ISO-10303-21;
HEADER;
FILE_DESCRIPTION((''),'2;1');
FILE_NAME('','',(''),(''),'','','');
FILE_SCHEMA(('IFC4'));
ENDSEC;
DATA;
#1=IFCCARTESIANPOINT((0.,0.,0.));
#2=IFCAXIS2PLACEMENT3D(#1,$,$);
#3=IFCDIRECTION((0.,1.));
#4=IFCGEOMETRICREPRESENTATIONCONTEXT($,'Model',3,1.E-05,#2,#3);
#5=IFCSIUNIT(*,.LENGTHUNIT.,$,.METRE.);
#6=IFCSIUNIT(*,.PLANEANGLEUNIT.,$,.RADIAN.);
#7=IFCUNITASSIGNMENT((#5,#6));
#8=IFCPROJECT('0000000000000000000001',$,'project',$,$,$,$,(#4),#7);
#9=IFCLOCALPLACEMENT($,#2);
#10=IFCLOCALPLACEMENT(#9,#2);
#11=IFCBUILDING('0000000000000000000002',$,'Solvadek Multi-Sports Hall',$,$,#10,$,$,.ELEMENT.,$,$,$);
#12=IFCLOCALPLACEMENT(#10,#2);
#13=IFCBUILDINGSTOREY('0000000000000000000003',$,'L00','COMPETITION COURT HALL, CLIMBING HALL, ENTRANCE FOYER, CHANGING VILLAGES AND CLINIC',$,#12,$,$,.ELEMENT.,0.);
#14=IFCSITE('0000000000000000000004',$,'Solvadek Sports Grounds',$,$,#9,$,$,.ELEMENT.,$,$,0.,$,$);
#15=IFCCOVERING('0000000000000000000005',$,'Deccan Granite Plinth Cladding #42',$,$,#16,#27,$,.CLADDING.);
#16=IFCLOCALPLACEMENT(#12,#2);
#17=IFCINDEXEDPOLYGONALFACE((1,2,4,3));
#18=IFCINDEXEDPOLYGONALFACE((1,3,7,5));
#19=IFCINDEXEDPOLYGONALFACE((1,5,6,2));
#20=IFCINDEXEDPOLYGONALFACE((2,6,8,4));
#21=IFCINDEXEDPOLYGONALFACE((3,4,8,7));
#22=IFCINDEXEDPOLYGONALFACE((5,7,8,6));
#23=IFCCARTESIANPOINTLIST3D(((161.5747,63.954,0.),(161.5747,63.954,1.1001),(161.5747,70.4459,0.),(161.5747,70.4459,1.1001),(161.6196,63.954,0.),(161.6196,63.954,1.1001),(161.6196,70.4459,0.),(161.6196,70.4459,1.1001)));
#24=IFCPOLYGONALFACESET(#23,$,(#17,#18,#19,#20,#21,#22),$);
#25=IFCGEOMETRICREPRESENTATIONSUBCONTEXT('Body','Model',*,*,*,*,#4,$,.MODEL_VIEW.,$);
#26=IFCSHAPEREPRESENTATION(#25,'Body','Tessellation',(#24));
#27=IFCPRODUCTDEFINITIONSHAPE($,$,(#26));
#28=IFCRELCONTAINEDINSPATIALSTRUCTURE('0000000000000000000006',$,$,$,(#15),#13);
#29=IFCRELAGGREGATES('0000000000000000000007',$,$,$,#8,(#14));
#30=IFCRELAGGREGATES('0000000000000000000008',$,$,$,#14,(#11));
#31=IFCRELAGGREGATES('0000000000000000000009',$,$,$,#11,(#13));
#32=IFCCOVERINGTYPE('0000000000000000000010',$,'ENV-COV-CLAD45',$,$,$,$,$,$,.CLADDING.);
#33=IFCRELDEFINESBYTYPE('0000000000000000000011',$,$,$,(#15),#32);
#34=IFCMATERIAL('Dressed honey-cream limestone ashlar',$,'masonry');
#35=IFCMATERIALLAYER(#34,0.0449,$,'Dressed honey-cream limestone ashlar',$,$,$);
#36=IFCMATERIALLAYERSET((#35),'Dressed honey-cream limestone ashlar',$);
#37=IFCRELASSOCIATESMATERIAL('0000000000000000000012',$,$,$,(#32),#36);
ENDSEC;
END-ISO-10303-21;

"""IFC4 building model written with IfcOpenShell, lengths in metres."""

from ifc_helpers import new_model, si_unit, direction, frame, origin, origin_2d, place, context, subcontext, project, spatial, rectangle, extrude, material, layer, layer_set, type_object, element, save


model = new_model("IFC4")

# Units and contexts
model_context = context("Model", 3, precision=1e-05, world=origin(), true_north=direction((0.0, 1.0)))
body_context = subcontext(model_context, "Body", "Model", "MODEL_VIEW")
ifc_project = project(units=[si_unit("LENGTHUNIT", "METRE"), si_unit("PLANEANGLEUNIT", "RADIAN")], contexts=[model_context])

# Site, building, storey
site_placement = place(None, origin())
site = spatial("IfcSite", under=ifc_project, at=site_placement, Name="Solvadek Sports Grounds", CompositionType="ELEMENT", RefElevation=0.0)
building_placement = place(site_placement, origin())
building = spatial("IfcBuilding", under=site, at=building_placement, Name="Solvadek Multi-Sports Hall", CompositionType="ELEMENT")
storey_placement = place(building_placement, origin())
storey = spatial("IfcBuildingStorey", under=building, at=storey_placement, Name="L00", Description="COMPETITION COURT HALL, CLIMBING HALL, ENTRANCE FOYER, CHANGING VILLAGES AND CLINIC", CompositionType="ELEMENT", Elevation=0.0)

# Covering
ifc_material_1 = material(Name="Dressed honey-cream limestone ashlar", Category="masonry")
ifc_layer_1 = layer(ifc_material_1, 0.0449, Name="Dressed honey-cream limestone ashlar")
ifc_layer_set_1 = layer_set([ifc_layer_1], Name="Dressed honey-cream limestone ashlar")
covering_type = type_object("IfcCoveringType", Name="ENV-COV-CLAD45", PredefinedType="CLADDING", material=ifc_layer_set_1)
covering_placement = place(storey_placement, frame((161.5972, 67.2, 0.0), z_axis=(0.0, 0.0, 1.0), x_axis=(0.0, 1.0, 0.0)))
element("IfcCovering", 1, at=covering_placement, inside=storey, type_object=covering_type, Name="Deccan Granite Plinth Cladding #42", PredefinedType="CLADDING", context=body_context, shape_type="SweptSolid", body=[
    extrude(rectangle(XDim=6.4919, YDim=0.0449, at=origin_2d()), origin(), (0.0, 0.0, 1.0), 1.1001),
])

save(model, "model.ifc")
